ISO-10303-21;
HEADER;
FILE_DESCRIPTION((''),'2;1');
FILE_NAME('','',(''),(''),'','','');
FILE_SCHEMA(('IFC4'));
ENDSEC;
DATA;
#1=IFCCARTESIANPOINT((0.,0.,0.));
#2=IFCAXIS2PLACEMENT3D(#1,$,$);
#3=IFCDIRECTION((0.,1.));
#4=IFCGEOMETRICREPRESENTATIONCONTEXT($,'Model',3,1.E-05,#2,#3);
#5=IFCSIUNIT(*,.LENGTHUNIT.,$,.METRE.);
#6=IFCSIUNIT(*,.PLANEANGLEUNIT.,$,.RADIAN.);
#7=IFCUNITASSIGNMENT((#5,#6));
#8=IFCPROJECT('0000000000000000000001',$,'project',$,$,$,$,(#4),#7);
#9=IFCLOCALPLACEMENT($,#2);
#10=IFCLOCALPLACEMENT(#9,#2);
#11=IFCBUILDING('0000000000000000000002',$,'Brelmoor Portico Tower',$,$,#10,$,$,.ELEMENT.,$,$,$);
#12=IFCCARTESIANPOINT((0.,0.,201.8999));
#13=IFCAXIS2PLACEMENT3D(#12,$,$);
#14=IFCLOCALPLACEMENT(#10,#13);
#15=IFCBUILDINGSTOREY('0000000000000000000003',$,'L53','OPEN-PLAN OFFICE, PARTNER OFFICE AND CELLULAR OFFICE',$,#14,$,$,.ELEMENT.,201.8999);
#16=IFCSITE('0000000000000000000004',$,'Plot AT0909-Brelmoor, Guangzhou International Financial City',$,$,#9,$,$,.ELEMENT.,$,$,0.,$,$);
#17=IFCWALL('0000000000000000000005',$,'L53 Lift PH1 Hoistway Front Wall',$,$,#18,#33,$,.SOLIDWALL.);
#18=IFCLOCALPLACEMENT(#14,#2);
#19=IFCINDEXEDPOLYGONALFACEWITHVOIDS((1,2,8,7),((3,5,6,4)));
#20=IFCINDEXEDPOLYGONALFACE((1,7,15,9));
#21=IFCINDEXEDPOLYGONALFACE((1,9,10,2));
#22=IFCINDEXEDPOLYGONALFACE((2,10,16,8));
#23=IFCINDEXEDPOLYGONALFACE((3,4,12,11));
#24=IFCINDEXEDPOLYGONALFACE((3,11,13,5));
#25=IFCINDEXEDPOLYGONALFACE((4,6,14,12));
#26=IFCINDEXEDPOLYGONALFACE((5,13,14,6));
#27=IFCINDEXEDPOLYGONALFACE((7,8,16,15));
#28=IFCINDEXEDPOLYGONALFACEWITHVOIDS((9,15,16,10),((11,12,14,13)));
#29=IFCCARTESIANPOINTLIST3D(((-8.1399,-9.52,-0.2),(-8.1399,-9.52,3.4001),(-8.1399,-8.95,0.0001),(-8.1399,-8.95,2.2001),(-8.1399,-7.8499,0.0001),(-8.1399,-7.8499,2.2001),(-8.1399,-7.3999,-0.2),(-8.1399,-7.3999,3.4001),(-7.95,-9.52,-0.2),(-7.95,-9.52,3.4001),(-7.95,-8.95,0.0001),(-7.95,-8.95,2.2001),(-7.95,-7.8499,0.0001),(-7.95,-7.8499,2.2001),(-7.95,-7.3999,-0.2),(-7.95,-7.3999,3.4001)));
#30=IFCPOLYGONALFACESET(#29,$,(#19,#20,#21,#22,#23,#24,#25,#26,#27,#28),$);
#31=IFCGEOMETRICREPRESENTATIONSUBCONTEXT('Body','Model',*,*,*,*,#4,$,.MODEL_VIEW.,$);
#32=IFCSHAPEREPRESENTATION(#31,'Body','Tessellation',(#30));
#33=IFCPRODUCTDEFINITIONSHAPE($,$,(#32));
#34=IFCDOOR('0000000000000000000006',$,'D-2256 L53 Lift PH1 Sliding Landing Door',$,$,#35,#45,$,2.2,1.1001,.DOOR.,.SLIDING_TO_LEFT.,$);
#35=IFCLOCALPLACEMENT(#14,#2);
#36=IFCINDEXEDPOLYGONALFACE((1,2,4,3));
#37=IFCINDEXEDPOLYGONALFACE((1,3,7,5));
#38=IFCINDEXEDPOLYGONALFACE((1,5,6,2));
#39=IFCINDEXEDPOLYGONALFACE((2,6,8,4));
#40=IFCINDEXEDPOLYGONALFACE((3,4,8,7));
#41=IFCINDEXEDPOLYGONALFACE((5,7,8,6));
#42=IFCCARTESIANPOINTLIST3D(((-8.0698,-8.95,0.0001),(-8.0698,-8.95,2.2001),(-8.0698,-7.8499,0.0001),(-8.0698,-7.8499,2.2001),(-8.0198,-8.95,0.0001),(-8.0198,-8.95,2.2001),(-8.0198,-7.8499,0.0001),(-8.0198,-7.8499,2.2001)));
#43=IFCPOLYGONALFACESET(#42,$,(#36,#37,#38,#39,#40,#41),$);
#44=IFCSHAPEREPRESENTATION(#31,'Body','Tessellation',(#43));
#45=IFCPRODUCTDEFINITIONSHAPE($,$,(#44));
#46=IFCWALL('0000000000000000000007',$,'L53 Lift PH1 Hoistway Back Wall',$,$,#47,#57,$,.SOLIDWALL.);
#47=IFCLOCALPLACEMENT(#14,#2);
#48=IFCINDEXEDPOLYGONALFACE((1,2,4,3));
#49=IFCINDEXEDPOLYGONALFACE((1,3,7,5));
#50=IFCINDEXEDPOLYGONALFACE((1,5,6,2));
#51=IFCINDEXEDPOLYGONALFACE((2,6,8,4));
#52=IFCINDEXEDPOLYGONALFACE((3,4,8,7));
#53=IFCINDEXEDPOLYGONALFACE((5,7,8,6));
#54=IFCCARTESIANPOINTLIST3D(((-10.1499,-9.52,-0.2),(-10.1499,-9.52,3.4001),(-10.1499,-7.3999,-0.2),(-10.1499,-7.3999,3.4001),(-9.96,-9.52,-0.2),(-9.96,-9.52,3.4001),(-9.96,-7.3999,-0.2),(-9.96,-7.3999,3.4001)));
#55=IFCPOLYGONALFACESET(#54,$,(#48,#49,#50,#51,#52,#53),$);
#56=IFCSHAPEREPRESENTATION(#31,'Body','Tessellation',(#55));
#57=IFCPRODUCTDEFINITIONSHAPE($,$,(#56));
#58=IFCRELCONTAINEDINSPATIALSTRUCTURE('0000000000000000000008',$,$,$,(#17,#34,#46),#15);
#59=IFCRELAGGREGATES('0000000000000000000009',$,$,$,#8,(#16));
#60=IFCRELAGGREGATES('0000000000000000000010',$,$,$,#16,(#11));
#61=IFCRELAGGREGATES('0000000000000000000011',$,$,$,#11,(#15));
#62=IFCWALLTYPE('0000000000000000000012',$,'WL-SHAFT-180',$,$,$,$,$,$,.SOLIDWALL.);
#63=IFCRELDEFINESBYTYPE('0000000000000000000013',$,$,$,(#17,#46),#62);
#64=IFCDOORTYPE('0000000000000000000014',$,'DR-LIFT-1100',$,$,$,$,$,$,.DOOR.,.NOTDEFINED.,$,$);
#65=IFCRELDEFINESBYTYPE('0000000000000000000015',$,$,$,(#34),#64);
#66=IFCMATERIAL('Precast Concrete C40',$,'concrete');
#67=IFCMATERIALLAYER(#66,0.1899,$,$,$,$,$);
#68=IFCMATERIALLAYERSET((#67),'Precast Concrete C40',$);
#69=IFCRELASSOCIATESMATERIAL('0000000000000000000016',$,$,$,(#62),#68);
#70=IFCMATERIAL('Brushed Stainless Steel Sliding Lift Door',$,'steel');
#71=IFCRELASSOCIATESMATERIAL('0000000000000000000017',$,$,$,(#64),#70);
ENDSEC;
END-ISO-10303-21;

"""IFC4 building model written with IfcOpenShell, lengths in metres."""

from ifc_helpers import new_model, si_unit, direction, frame, frame_2d, origin, place, context, subcontext, project, spatial, rectangle, extrude, material, layer, layer_set, type_object, element, fill, save


model = new_model("IFC4")

# Units and contexts
model_context = context("Model", 3, precision=1e-05, world=origin(), true_north=direction((0.0, 1.0)))
body_context = subcontext(model_context, "Body", "Model", "MODEL_VIEW")
ifc_project = project(units=[si_unit("LENGTHUNIT", "METRE"), si_unit("PLANEANGLEUNIT", "RADIAN")], contexts=[model_context])

# Site, building, storey
site_placement = place(None, origin())
site = spatial("IfcSite", under=ifc_project, at=site_placement, Name="Plot AT0909-Brelmoor, Guangzhou International Financial City", CompositionType="ELEMENT", RefElevation=0.0)
building_placement = place(site_placement, origin())
building = spatial("IfcBuilding", under=site, at=building_placement, Name="Brelmoor Portico Tower", CompositionType="ELEMENT")
storey_placement = place(building_placement, frame((0.0, 0.0, 201.8999)))
storey = spatial("IfcBuildingStorey", under=building, at=storey_placement, Name="L53", Description="OPEN-PLAN OFFICE, PARTNER OFFICE AND CELLULAR OFFICE", CompositionType="ELEMENT", Elevation=201.8999)

# Wall, opening, door
ifc_material_1 = material(Name="Precast Concrete C40", Category="concrete")
ifc_layer_1 = layer(ifc_material_1, 0.1899)
ifc_layer_set_1 = layer_set([ifc_layer_1], Name="Precast Concrete C40")
wall_type_1 = type_object("IfcWallType", Name="WL-SHAFT-180", PredefinedType="SOLIDWALL", material=ifc_layer_set_1)
wall_1_placement = place(storey_placement, frame((-8.0449, -9.52, -0.2), z_axis=(0.0, 0.0, 1.0), x_axis=(0.0, 1.0, 0.0)))
wall_1 = element("IfcWall", 1, at=wall_1_placement, inside=storey, type_object=wall_type_1, Name="L53 Lift PH1 Hoistway Front Wall", PredefinedType="SOLIDWALL", context=body_context, shape_type="SweptSolid", body=[
    extrude(rectangle(XDim=2.1201, YDim=0.1899, at=frame_2d((1.0601, 0.0))), origin(), (0.0, 0.0, 1.0), 3.6001),
])
opening_1_placement = place(wall_1_placement, frame((0.5701, 0.0, 0.2)))
opening_1 = element("IfcOpeningElement", 2, at=opening_1_placement, cuts=wall_1, PredefinedType="OPENING", context=body_context, shape_type="SweptSolid", body=[
    extrude(rectangle(XDim=1.1001, YDim=2.2, at=frame_2d((0.55, 1.1001))), frame((0.0, 0.105, 0.0), z_axis=(0.0, -1.0, 0.0), x_axis=(1.0, 0.0, 0.0)), (0.0, 0.0, 1.0), 0.21),
])
ifc_material_2 = material(Name="Brushed Stainless Steel Sliding Lift Door", Category="steel")
door_type_1 = type_object("IfcDoorType", Name="DR-LIFT-1100", OperationType="NOTDEFINED", PredefinedType="DOOR", material=ifc_material_2)
door_1_placement = place(opening_1_placement, origin())
door_1 = element("IfcDoor", 3, at=door_1_placement, inside=storey, type_object=door_type_1, Name="D-2256 L53 Lift PH1 Sliding Landing Door", OperationType="SLIDING_TO_LEFT", OverallHeight=2.2, OverallWidth=1.1001, PredefinedType="DOOR", context=body_context, shape_type="SweptSolid", body=[
    extrude(rectangle(XDim=1.1001, YDim=2.2, at=frame_2d((0.55, 1.1001))), frame((0.0, 0.0249, 0.0), z_axis=(0.0, -1.0, 0.0), x_axis=(1.0, 0.0, 0.0)), (0.0, 0.0, 1.0), 0.05),
])
fill(opening_1, door_1)

# Wall
wall_2_placement = place(storey_placement, frame((-10.0549, -9.52, -0.2), z_axis=(0.0, 0.0, 1.0), x_axis=(0.0, 1.0, 0.0)))
element("IfcWall", 4, at=wall_2_placement, inside=storey, type_object=wall_type_1, Name="L53 Lift PH1 Hoistway Back Wall", PredefinedType="SOLIDWALL", context=body_context, shape_type="SweptSolid", body=[
    extrude(rectangle(XDim=2.1201, YDim=0.1899, at=frame_2d((1.0601, 0.0))), origin(), (0.0, 0.0, 1.0), 3.6001),
])

save(model, "model.ifc")
